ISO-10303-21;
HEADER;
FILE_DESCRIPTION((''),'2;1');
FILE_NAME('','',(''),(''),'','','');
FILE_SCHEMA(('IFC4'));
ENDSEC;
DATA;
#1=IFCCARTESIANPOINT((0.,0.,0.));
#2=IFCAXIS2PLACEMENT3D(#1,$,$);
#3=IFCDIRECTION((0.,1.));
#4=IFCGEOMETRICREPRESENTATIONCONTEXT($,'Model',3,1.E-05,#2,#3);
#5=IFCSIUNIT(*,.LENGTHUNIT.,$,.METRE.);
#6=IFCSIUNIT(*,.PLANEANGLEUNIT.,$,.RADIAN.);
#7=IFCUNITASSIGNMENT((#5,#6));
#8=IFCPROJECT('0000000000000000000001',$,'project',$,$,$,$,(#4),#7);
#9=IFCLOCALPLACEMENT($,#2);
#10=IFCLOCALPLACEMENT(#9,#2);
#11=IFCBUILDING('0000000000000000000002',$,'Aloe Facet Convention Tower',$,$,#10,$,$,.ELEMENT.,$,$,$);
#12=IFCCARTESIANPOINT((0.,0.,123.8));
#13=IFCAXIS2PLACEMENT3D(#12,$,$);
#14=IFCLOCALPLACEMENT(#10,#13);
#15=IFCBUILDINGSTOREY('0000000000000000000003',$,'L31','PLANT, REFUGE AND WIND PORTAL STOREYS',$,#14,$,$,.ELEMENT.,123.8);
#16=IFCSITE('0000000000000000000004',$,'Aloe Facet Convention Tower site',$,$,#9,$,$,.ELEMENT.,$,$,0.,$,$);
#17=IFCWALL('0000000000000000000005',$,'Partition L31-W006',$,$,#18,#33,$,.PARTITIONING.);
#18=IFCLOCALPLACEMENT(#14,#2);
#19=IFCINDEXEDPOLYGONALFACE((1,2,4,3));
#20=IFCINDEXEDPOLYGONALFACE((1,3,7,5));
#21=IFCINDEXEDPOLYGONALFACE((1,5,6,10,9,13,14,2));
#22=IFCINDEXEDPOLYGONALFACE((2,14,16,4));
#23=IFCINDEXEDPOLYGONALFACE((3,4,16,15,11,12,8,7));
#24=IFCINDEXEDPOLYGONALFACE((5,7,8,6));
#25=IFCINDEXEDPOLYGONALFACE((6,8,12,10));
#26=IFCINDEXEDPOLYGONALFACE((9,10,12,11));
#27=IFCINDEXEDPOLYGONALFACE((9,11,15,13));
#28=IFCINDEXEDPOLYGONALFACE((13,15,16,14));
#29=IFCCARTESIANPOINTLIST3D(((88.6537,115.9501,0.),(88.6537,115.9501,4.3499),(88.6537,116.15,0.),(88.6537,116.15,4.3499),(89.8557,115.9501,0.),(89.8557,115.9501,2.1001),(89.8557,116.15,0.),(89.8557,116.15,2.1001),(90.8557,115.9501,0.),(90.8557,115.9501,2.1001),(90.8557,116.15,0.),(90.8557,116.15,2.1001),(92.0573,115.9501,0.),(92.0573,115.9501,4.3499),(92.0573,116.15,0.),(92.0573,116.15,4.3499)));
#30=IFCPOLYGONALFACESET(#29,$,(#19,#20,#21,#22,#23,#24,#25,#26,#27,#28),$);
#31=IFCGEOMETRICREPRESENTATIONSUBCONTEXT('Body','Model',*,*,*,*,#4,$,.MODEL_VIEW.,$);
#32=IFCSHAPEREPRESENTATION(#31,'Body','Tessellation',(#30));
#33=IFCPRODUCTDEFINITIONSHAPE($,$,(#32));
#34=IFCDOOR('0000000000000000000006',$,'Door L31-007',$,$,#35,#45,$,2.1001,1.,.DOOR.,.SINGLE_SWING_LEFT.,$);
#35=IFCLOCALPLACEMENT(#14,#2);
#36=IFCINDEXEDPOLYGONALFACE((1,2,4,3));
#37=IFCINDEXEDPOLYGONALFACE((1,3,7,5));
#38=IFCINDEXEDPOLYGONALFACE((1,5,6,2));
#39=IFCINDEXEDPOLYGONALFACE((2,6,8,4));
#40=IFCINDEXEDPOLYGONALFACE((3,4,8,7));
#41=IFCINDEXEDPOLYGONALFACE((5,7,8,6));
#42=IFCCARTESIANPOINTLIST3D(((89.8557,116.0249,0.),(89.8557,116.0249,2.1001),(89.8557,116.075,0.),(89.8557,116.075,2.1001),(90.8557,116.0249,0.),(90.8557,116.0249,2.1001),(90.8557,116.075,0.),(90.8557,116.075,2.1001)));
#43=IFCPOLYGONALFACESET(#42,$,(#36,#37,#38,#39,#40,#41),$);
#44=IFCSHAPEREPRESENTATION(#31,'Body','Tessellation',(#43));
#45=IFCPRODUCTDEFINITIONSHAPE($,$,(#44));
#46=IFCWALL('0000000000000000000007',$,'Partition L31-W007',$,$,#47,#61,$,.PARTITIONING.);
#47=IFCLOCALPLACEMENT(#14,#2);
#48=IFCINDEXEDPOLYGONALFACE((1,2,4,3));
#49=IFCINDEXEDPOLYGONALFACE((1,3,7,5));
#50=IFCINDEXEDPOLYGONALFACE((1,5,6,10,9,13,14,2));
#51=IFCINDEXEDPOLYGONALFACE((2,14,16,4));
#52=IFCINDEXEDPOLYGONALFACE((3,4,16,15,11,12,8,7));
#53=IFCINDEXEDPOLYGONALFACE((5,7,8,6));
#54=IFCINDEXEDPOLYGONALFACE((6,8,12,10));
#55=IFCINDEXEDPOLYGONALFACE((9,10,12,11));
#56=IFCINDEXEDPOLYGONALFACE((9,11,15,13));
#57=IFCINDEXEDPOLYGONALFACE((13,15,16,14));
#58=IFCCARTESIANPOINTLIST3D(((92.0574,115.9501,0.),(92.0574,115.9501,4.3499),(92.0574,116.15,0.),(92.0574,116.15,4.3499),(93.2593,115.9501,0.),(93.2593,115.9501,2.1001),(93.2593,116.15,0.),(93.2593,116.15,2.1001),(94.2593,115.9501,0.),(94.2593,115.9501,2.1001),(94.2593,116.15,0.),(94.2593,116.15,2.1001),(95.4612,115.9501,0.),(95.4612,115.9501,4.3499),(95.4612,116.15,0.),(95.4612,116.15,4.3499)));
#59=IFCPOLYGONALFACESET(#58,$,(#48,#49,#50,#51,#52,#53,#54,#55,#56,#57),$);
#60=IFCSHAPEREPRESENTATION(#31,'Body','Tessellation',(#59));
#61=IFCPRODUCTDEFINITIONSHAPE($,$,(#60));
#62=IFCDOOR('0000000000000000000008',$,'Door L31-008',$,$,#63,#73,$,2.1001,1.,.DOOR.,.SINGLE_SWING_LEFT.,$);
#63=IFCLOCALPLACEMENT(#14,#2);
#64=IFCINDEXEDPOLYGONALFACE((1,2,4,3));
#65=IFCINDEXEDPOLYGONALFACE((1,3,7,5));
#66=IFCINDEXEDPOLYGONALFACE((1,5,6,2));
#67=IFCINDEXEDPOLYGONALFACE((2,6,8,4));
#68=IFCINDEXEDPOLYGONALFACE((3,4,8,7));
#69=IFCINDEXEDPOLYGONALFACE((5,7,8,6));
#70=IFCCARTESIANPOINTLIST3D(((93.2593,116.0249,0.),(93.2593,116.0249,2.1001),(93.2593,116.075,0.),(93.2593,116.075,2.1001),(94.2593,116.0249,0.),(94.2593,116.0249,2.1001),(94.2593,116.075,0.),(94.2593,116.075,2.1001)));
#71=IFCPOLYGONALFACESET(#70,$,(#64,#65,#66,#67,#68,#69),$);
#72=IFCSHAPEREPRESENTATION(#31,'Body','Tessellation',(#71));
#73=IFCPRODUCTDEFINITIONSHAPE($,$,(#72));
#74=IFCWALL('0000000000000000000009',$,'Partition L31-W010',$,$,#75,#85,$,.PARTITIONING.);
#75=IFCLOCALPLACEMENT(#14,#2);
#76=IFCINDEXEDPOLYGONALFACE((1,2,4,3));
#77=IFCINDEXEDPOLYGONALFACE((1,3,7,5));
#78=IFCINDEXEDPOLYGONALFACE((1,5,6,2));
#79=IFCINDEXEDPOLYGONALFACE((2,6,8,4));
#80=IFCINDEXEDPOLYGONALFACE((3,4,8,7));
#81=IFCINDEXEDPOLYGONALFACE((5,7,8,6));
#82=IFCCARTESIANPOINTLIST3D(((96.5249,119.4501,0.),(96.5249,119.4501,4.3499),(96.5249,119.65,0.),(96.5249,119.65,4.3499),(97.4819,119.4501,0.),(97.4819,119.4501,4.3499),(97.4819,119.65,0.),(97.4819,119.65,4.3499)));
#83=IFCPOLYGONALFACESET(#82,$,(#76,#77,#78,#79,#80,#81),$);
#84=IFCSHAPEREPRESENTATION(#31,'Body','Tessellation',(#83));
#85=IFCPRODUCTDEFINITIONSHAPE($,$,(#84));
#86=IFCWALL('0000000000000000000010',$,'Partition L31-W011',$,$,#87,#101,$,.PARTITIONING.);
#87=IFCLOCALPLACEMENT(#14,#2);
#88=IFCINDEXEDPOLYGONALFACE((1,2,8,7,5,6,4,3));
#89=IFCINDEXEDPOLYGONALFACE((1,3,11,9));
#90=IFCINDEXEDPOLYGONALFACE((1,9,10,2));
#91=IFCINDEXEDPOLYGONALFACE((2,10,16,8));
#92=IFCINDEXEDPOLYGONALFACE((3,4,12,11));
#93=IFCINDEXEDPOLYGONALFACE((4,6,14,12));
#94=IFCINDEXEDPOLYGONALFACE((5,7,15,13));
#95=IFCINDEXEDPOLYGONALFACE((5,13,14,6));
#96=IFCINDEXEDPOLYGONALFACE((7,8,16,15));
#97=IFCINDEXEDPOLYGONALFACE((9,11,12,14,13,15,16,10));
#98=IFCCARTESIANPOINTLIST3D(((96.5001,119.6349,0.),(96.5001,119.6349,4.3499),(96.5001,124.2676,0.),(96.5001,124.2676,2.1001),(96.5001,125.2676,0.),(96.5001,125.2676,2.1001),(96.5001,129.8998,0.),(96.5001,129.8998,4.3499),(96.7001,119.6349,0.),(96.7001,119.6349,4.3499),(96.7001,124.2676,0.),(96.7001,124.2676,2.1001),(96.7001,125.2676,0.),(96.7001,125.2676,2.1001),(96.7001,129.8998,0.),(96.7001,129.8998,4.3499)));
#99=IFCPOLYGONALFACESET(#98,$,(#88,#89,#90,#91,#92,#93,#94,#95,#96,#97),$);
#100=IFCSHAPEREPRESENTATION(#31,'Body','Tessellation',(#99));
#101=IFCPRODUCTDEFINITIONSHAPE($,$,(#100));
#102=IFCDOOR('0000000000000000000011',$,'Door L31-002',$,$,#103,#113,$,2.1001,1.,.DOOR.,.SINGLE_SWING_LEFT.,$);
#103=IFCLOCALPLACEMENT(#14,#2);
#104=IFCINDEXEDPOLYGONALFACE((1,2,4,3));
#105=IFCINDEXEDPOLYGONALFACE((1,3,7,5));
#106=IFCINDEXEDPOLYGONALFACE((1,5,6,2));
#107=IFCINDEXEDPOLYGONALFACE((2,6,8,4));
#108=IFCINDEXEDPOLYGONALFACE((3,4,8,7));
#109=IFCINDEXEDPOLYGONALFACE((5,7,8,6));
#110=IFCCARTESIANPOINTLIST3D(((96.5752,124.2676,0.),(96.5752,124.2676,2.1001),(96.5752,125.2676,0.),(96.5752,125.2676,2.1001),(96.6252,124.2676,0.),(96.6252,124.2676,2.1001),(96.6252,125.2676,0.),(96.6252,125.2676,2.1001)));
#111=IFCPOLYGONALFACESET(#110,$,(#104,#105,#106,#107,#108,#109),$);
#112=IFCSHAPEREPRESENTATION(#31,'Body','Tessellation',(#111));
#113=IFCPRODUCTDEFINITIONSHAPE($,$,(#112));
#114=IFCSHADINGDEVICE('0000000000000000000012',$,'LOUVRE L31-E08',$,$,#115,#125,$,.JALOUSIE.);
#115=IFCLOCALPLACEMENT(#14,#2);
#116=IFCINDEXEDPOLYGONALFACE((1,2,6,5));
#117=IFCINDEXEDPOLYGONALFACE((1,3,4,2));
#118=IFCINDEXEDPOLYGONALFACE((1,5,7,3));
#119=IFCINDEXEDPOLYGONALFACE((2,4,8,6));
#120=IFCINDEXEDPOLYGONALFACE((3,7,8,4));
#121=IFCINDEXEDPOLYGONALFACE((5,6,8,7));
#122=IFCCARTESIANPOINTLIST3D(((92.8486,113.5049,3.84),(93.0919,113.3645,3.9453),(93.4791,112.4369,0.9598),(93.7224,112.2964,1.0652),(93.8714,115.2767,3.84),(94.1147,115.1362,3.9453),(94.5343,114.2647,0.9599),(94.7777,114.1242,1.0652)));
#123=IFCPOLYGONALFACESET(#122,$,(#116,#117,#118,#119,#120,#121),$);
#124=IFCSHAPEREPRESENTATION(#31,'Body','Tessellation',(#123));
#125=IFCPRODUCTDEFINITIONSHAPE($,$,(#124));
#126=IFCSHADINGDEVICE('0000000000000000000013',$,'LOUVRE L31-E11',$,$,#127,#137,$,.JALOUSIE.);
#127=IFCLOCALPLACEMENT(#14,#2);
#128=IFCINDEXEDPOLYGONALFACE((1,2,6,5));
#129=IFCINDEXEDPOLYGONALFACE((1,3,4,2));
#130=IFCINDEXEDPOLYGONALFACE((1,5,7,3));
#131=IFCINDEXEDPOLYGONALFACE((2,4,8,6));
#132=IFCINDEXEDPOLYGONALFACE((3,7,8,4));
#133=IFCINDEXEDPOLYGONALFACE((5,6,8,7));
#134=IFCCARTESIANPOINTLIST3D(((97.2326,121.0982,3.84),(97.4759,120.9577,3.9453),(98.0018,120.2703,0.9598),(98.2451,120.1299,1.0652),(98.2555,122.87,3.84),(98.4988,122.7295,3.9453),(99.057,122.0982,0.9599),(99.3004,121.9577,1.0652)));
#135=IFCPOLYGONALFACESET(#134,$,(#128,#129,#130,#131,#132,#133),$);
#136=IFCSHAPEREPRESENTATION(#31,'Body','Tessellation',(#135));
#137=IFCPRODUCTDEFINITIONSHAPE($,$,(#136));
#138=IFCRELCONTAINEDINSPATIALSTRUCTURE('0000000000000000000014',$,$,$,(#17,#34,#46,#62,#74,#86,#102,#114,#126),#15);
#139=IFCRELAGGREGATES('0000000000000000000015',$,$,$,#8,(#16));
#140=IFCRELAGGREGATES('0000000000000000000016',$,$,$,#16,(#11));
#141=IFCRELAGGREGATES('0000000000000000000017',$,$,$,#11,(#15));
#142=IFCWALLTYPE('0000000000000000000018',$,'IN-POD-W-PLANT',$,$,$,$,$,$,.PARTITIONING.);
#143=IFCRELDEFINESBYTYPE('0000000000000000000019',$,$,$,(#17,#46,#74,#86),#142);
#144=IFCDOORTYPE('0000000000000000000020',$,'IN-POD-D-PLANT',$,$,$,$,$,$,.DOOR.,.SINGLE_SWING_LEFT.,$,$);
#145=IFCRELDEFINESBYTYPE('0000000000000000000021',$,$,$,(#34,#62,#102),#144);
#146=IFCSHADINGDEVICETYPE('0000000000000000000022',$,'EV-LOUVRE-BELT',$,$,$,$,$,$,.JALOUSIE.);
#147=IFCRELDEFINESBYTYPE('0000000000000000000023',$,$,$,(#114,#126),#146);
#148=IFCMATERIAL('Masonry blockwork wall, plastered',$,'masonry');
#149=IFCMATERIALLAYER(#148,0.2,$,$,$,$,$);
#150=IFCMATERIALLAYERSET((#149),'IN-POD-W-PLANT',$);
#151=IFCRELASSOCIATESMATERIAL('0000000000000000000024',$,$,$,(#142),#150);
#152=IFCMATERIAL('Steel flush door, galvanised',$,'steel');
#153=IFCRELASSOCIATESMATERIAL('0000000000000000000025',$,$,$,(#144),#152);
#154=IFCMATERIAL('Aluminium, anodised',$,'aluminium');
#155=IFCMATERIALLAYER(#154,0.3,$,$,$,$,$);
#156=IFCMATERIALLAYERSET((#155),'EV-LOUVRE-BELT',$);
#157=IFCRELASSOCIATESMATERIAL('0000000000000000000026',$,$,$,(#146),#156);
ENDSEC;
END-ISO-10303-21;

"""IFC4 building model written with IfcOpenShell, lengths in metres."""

from ifc_helpers import new_model, si_unit, direction, frame, frame_2d, origin, place, context, subcontext, project, spatial, polyline, rectangle, outline, extrude, material, layer, layer_set, type_object, element, fill, save


model = new_model("IFC4")

# Units and contexts
model_context = context("Model", 3, precision=1e-05, world=origin(), true_north=direction((0.0, 1.0)))
body_context = subcontext(model_context, "Body", "Model", "MODEL_VIEW")
ifc_project = project(units=[si_unit("LENGTHUNIT", "METRE"), si_unit("PLANEANGLEUNIT", "RADIAN")], contexts=[model_context])

# Site, building, storey
site_placement = place(None, origin())
site = spatial("IfcSite", under=ifc_project, at=site_placement, Name="Aloe Facet Convention Tower site", CompositionType="ELEMENT", RefElevation=0.0)
building_placement = place(site_placement, origin())
building = spatial("IfcBuilding", under=site, at=building_placement, Name="Aloe Facet Convention Tower", CompositionType="ELEMENT")
storey_placement = place(building_placement, frame((0.0, 0.0, 123.8)))
storey = spatial("IfcBuildingStorey", under=building, at=storey_placement, Name="L31", Description="PLANT, REFUGE AND WIND PORTAL STOREYS", CompositionType="ELEMENT", Elevation=123.8)

# Shared definitions
ifc_material_1 = material(Name="Masonry blockwork wall, plastered", Category="masonry")
ifc_layer_1 = layer(ifc_material_1, 0.2)
ifc_layer_set_1 = layer_set([ifc_layer_1], Name="IN-POD-W-PLANT")
wall_type_1 = type_object("IfcWallType", Name="IN-POD-W-PLANT", PredefinedType="PARTITIONING", material=ifc_layer_set_1)

# Walls, openings, doors
wall_1_placement = place(storey_placement, frame((88.6538, 116.05, 0.0), z_axis=(0.0, 0.0, 1.0), x_axis=(1.0, 0.0, 0.0)))
wall_1 = element("IfcWall", 1, at=wall_1_placement, inside=storey, type_object=wall_type_1, Name="Partition L31-W006", PredefinedType="PARTITIONING", context=body_context, shape_type="SweptSolid", body=[
    extrude(rectangle(XDim=3.4036, YDim=0.2, at=frame_2d((1.7017, 0.0))), origin(), (0.0, 0.0, 1.0), 4.3499),
])
opening_1_placement = place(wall_1_placement, frame((1.2019, 0.0, 0.0)))
opening_1 = element("IfcOpeningElement", 2, at=opening_1_placement, cuts=wall_1, PredefinedType="OPENING", context=body_context, shape_type="SweptSolid", body=[
    extrude(rectangle(XDim=1.0, YDim=2.1001, at=frame_2d((0.5, 1.05))), frame((0.0, 0.1099, 0.0), z_axis=(0.0, -1.0, 0.0), x_axis=(1.0, 0.0, 0.0)), (0.0, 0.0, 1.0), 0.22),
])
ifc_material_2 = material(Name="Steel flush door, galvanised", Category="steel")
door_type = type_object("IfcDoorType", Name="IN-POD-D-PLANT", OperationType="SINGLE_SWING_LEFT", PredefinedType="DOOR", material=ifc_material_2)
door_1_placement = place(opening_1_placement, origin())
door_1 = element("IfcDoor", 3, at=door_1_placement, inside=storey, type_object=door_type, Name="Door L31-007", OperationType="SINGLE_SWING_LEFT", OverallHeight=2.1001, OverallWidth=1.0, PredefinedType="DOOR", context=body_context, shape_type="SweptSolid", body=[
    extrude(rectangle(XDim=1.0, YDim=2.1001, at=frame_2d((0.5, 1.05))), frame((0.0, 0.0249, 0.0), z_axis=(0.0, -1.0, 0.0), x_axis=(1.0, 0.0, 0.0)), (0.0, 0.0, 1.0), 0.05),
])
fill(opening_1, door_1)
wall_2_placement = place(storey_placement, frame((92.0574, 116.05, 0.0), z_axis=(0.0, 0.0, 1.0), x_axis=(1.0, 0.0, 0.0)))
wall_2 = element("IfcWall", 4, at=wall_2_placement, inside=storey, type_object=wall_type_1, Name="Partition L31-W007", PredefinedType="PARTITIONING", context=body_context, shape_type="SweptSolid", body=[
    extrude(rectangle(XDim=3.4038, YDim=0.2, at=frame_2d((1.7019, 0.0))), origin(), (0.0, 0.0, 1.0), 4.3499),
])
opening_2_placement = place(wall_2_placement, frame((1.2019, 0.0, 0.0)))
opening_2 = element("IfcOpeningElement", 5, at=opening_2_placement, cuts=wall_2, PredefinedType="OPENING", context=body_context, shape_type="SweptSolid", body=[
    extrude(rectangle(XDim=1.0, YDim=2.1001, at=frame_2d((0.5, 1.05))), frame((0.0, 0.1099, 0.0), z_axis=(0.0, -1.0, 0.0), x_axis=(1.0, 0.0, 0.0)), (0.0, 0.0, 1.0), 0.22),
])
door_2_placement = place(opening_2_placement, origin())
door_2 = element("IfcDoor", 6, at=door_2_placement, inside=storey, type_object=door_type, Name="Door L31-008", OperationType="SINGLE_SWING_LEFT", OverallHeight=2.1001, OverallWidth=1.0, PredefinedType="DOOR", context=body_context, shape_type="SweptSolid", body=[
    extrude(rectangle(XDim=1.0, YDim=2.1001, at=frame_2d((0.5, 1.05))), frame((0.0, 0.0249, 0.0), z_axis=(0.0, -1.0, 0.0), x_axis=(1.0, 0.0, 0.0)), (0.0, 0.0, 1.0), 0.05),
])
fill(opening_2, door_2)

# Wall
wall_3_placement = place(storey_placement, frame((96.5249, 119.55, 0.0), z_axis=(0.0, 0.0, 1.0), x_axis=(1.0, 0.0, 0.0)))
element("IfcWall", 7, at=wall_3_placement, inside=storey, type_object=wall_type_1, Name="Partition L31-W010", PredefinedType="PARTITIONING", context=body_context, shape_type="SweptSolid", body=[
    extrude(rectangle(XDim=0.957, YDim=0.2, at=frame_2d((0.4785, 0.0))), origin(), (0.0, 0.0, 1.0), 4.3499),
])

# Wall, opening, door
wall_4_placement = place(storey_placement, frame((96.6001, 119.635, 0.0), z_axis=(0.0, 0.0, 1.0), x_axis=(0.0, 1.0, 0.0)))
wall_4 = element("IfcWall", 8, at=wall_4_placement, inside=storey, type_object=wall_type_1, Name="Partition L31-W011", PredefinedType="PARTITIONING", context=body_context, shape_type="SweptSolid", body=[
    extrude(rectangle(XDim=10.2649, YDim=0.2, at=frame_2d((5.1323, 0.0))), origin(), (0.0, 0.0, 1.0), 4.3499),
])
opening_3_placement = place(wall_4_placement, frame((4.6326, 0.0, 0.0)))
opening_3 = element("IfcOpeningElement", 9, at=opening_3_placement, cuts=wall_4, PredefinedType="OPENING", context=body_context, shape_type="SweptSolid", body=[
    extrude(rectangle(XDim=1.0, YDim=2.1001, at=frame_2d((0.5, 1.05))), frame((0.0, 0.1099, 0.0), z_axis=(0.0, -1.0, 0.0), x_axis=(1.0, 0.0, 0.0)), (0.0, 0.0, 1.0), 0.22),
])
door_3_placement = place(opening_3_placement, origin())
door_3 = element("IfcDoor", 10, at=door_3_placement, inside=storey, type_object=door_type, Name="Door L31-002", OperationType="SINGLE_SWING_LEFT", OverallHeight=2.1001, OverallWidth=1.0, PredefinedType="DOOR", context=body_context, shape_type="SweptSolid", body=[
    extrude(rectangle(XDim=1.0, YDim=2.1001, at=frame_2d((0.5, 1.05))), frame((0.0, 0.0249, 0.0), z_axis=(0.0, -1.0, 0.0), x_axis=(1.0, 0.0, 0.0)), (0.0, 0.0, 1.0), 0.05),
])
fill(opening_3, door_3)

# Shading devices
ifc_material_3 = material(Name="Aluminium, anodised", Category="aluminium")
ifc_layer_2 = layer(ifc_material_3, 0.3)
ifc_layer_set_2 = layer_set([ifc_layer_2], Name="EV-LOUVRE-BELT")
shading_device_type = type_object("IfcShadingDeviceType", Name="EV-LOUVRE-BELT", PredefinedType="JALOUSIE", material=ifc_layer_set_2)
shading_device_1_placement = place(storey_placement, frame((93.7224, 112.2964, 1.0652), z_axis=(0.810892, -0.468144, 0.351135), x_axis=(0.499976, 0.866039, 0.000013)))
element("IfcShadingDevice", 11, at=shading_device_1_placement, inside=storey, type_object=shading_device_type, Name="LOUVRE L31-E08", PredefinedType="JALOUSIE", context=body_context, shape_type="SweptSolid", body=[
    extrude(outline(polyline([(0.0, 0.0), (2.1106, 0.0), (2.6556, 3.076), (0.6098, 3.076), (0.0, 0.0)])), origin(), (0.0, 0.0, -1.0), 0.3),
])
shading_device_2_placement = place(storey_placement, frame((98.2451, 120.1299, 1.0652), z_axis=(0.810893, -0.468145, 0.35113), x_axis=(0.499976, 0.866039, 0.000013)))
element("IfcShadingDevice", 12, at=shading_device_2_placement, inside=storey, type_object=shading_device_type, Name="LOUVRE L31-E11", PredefinedType="JALOUSIE", context=body_context, shape_type="SweptSolid", body=[
    extrude(outline(polyline([(0.0, 0.0), (2.1106, 0.0), (2.3782, 3.076), (0.3324, 3.076), (0.0, 0.0)])), origin(), (0.0, 0.0, -1.0), 0.3),
])

save(model, "model.ifc")
